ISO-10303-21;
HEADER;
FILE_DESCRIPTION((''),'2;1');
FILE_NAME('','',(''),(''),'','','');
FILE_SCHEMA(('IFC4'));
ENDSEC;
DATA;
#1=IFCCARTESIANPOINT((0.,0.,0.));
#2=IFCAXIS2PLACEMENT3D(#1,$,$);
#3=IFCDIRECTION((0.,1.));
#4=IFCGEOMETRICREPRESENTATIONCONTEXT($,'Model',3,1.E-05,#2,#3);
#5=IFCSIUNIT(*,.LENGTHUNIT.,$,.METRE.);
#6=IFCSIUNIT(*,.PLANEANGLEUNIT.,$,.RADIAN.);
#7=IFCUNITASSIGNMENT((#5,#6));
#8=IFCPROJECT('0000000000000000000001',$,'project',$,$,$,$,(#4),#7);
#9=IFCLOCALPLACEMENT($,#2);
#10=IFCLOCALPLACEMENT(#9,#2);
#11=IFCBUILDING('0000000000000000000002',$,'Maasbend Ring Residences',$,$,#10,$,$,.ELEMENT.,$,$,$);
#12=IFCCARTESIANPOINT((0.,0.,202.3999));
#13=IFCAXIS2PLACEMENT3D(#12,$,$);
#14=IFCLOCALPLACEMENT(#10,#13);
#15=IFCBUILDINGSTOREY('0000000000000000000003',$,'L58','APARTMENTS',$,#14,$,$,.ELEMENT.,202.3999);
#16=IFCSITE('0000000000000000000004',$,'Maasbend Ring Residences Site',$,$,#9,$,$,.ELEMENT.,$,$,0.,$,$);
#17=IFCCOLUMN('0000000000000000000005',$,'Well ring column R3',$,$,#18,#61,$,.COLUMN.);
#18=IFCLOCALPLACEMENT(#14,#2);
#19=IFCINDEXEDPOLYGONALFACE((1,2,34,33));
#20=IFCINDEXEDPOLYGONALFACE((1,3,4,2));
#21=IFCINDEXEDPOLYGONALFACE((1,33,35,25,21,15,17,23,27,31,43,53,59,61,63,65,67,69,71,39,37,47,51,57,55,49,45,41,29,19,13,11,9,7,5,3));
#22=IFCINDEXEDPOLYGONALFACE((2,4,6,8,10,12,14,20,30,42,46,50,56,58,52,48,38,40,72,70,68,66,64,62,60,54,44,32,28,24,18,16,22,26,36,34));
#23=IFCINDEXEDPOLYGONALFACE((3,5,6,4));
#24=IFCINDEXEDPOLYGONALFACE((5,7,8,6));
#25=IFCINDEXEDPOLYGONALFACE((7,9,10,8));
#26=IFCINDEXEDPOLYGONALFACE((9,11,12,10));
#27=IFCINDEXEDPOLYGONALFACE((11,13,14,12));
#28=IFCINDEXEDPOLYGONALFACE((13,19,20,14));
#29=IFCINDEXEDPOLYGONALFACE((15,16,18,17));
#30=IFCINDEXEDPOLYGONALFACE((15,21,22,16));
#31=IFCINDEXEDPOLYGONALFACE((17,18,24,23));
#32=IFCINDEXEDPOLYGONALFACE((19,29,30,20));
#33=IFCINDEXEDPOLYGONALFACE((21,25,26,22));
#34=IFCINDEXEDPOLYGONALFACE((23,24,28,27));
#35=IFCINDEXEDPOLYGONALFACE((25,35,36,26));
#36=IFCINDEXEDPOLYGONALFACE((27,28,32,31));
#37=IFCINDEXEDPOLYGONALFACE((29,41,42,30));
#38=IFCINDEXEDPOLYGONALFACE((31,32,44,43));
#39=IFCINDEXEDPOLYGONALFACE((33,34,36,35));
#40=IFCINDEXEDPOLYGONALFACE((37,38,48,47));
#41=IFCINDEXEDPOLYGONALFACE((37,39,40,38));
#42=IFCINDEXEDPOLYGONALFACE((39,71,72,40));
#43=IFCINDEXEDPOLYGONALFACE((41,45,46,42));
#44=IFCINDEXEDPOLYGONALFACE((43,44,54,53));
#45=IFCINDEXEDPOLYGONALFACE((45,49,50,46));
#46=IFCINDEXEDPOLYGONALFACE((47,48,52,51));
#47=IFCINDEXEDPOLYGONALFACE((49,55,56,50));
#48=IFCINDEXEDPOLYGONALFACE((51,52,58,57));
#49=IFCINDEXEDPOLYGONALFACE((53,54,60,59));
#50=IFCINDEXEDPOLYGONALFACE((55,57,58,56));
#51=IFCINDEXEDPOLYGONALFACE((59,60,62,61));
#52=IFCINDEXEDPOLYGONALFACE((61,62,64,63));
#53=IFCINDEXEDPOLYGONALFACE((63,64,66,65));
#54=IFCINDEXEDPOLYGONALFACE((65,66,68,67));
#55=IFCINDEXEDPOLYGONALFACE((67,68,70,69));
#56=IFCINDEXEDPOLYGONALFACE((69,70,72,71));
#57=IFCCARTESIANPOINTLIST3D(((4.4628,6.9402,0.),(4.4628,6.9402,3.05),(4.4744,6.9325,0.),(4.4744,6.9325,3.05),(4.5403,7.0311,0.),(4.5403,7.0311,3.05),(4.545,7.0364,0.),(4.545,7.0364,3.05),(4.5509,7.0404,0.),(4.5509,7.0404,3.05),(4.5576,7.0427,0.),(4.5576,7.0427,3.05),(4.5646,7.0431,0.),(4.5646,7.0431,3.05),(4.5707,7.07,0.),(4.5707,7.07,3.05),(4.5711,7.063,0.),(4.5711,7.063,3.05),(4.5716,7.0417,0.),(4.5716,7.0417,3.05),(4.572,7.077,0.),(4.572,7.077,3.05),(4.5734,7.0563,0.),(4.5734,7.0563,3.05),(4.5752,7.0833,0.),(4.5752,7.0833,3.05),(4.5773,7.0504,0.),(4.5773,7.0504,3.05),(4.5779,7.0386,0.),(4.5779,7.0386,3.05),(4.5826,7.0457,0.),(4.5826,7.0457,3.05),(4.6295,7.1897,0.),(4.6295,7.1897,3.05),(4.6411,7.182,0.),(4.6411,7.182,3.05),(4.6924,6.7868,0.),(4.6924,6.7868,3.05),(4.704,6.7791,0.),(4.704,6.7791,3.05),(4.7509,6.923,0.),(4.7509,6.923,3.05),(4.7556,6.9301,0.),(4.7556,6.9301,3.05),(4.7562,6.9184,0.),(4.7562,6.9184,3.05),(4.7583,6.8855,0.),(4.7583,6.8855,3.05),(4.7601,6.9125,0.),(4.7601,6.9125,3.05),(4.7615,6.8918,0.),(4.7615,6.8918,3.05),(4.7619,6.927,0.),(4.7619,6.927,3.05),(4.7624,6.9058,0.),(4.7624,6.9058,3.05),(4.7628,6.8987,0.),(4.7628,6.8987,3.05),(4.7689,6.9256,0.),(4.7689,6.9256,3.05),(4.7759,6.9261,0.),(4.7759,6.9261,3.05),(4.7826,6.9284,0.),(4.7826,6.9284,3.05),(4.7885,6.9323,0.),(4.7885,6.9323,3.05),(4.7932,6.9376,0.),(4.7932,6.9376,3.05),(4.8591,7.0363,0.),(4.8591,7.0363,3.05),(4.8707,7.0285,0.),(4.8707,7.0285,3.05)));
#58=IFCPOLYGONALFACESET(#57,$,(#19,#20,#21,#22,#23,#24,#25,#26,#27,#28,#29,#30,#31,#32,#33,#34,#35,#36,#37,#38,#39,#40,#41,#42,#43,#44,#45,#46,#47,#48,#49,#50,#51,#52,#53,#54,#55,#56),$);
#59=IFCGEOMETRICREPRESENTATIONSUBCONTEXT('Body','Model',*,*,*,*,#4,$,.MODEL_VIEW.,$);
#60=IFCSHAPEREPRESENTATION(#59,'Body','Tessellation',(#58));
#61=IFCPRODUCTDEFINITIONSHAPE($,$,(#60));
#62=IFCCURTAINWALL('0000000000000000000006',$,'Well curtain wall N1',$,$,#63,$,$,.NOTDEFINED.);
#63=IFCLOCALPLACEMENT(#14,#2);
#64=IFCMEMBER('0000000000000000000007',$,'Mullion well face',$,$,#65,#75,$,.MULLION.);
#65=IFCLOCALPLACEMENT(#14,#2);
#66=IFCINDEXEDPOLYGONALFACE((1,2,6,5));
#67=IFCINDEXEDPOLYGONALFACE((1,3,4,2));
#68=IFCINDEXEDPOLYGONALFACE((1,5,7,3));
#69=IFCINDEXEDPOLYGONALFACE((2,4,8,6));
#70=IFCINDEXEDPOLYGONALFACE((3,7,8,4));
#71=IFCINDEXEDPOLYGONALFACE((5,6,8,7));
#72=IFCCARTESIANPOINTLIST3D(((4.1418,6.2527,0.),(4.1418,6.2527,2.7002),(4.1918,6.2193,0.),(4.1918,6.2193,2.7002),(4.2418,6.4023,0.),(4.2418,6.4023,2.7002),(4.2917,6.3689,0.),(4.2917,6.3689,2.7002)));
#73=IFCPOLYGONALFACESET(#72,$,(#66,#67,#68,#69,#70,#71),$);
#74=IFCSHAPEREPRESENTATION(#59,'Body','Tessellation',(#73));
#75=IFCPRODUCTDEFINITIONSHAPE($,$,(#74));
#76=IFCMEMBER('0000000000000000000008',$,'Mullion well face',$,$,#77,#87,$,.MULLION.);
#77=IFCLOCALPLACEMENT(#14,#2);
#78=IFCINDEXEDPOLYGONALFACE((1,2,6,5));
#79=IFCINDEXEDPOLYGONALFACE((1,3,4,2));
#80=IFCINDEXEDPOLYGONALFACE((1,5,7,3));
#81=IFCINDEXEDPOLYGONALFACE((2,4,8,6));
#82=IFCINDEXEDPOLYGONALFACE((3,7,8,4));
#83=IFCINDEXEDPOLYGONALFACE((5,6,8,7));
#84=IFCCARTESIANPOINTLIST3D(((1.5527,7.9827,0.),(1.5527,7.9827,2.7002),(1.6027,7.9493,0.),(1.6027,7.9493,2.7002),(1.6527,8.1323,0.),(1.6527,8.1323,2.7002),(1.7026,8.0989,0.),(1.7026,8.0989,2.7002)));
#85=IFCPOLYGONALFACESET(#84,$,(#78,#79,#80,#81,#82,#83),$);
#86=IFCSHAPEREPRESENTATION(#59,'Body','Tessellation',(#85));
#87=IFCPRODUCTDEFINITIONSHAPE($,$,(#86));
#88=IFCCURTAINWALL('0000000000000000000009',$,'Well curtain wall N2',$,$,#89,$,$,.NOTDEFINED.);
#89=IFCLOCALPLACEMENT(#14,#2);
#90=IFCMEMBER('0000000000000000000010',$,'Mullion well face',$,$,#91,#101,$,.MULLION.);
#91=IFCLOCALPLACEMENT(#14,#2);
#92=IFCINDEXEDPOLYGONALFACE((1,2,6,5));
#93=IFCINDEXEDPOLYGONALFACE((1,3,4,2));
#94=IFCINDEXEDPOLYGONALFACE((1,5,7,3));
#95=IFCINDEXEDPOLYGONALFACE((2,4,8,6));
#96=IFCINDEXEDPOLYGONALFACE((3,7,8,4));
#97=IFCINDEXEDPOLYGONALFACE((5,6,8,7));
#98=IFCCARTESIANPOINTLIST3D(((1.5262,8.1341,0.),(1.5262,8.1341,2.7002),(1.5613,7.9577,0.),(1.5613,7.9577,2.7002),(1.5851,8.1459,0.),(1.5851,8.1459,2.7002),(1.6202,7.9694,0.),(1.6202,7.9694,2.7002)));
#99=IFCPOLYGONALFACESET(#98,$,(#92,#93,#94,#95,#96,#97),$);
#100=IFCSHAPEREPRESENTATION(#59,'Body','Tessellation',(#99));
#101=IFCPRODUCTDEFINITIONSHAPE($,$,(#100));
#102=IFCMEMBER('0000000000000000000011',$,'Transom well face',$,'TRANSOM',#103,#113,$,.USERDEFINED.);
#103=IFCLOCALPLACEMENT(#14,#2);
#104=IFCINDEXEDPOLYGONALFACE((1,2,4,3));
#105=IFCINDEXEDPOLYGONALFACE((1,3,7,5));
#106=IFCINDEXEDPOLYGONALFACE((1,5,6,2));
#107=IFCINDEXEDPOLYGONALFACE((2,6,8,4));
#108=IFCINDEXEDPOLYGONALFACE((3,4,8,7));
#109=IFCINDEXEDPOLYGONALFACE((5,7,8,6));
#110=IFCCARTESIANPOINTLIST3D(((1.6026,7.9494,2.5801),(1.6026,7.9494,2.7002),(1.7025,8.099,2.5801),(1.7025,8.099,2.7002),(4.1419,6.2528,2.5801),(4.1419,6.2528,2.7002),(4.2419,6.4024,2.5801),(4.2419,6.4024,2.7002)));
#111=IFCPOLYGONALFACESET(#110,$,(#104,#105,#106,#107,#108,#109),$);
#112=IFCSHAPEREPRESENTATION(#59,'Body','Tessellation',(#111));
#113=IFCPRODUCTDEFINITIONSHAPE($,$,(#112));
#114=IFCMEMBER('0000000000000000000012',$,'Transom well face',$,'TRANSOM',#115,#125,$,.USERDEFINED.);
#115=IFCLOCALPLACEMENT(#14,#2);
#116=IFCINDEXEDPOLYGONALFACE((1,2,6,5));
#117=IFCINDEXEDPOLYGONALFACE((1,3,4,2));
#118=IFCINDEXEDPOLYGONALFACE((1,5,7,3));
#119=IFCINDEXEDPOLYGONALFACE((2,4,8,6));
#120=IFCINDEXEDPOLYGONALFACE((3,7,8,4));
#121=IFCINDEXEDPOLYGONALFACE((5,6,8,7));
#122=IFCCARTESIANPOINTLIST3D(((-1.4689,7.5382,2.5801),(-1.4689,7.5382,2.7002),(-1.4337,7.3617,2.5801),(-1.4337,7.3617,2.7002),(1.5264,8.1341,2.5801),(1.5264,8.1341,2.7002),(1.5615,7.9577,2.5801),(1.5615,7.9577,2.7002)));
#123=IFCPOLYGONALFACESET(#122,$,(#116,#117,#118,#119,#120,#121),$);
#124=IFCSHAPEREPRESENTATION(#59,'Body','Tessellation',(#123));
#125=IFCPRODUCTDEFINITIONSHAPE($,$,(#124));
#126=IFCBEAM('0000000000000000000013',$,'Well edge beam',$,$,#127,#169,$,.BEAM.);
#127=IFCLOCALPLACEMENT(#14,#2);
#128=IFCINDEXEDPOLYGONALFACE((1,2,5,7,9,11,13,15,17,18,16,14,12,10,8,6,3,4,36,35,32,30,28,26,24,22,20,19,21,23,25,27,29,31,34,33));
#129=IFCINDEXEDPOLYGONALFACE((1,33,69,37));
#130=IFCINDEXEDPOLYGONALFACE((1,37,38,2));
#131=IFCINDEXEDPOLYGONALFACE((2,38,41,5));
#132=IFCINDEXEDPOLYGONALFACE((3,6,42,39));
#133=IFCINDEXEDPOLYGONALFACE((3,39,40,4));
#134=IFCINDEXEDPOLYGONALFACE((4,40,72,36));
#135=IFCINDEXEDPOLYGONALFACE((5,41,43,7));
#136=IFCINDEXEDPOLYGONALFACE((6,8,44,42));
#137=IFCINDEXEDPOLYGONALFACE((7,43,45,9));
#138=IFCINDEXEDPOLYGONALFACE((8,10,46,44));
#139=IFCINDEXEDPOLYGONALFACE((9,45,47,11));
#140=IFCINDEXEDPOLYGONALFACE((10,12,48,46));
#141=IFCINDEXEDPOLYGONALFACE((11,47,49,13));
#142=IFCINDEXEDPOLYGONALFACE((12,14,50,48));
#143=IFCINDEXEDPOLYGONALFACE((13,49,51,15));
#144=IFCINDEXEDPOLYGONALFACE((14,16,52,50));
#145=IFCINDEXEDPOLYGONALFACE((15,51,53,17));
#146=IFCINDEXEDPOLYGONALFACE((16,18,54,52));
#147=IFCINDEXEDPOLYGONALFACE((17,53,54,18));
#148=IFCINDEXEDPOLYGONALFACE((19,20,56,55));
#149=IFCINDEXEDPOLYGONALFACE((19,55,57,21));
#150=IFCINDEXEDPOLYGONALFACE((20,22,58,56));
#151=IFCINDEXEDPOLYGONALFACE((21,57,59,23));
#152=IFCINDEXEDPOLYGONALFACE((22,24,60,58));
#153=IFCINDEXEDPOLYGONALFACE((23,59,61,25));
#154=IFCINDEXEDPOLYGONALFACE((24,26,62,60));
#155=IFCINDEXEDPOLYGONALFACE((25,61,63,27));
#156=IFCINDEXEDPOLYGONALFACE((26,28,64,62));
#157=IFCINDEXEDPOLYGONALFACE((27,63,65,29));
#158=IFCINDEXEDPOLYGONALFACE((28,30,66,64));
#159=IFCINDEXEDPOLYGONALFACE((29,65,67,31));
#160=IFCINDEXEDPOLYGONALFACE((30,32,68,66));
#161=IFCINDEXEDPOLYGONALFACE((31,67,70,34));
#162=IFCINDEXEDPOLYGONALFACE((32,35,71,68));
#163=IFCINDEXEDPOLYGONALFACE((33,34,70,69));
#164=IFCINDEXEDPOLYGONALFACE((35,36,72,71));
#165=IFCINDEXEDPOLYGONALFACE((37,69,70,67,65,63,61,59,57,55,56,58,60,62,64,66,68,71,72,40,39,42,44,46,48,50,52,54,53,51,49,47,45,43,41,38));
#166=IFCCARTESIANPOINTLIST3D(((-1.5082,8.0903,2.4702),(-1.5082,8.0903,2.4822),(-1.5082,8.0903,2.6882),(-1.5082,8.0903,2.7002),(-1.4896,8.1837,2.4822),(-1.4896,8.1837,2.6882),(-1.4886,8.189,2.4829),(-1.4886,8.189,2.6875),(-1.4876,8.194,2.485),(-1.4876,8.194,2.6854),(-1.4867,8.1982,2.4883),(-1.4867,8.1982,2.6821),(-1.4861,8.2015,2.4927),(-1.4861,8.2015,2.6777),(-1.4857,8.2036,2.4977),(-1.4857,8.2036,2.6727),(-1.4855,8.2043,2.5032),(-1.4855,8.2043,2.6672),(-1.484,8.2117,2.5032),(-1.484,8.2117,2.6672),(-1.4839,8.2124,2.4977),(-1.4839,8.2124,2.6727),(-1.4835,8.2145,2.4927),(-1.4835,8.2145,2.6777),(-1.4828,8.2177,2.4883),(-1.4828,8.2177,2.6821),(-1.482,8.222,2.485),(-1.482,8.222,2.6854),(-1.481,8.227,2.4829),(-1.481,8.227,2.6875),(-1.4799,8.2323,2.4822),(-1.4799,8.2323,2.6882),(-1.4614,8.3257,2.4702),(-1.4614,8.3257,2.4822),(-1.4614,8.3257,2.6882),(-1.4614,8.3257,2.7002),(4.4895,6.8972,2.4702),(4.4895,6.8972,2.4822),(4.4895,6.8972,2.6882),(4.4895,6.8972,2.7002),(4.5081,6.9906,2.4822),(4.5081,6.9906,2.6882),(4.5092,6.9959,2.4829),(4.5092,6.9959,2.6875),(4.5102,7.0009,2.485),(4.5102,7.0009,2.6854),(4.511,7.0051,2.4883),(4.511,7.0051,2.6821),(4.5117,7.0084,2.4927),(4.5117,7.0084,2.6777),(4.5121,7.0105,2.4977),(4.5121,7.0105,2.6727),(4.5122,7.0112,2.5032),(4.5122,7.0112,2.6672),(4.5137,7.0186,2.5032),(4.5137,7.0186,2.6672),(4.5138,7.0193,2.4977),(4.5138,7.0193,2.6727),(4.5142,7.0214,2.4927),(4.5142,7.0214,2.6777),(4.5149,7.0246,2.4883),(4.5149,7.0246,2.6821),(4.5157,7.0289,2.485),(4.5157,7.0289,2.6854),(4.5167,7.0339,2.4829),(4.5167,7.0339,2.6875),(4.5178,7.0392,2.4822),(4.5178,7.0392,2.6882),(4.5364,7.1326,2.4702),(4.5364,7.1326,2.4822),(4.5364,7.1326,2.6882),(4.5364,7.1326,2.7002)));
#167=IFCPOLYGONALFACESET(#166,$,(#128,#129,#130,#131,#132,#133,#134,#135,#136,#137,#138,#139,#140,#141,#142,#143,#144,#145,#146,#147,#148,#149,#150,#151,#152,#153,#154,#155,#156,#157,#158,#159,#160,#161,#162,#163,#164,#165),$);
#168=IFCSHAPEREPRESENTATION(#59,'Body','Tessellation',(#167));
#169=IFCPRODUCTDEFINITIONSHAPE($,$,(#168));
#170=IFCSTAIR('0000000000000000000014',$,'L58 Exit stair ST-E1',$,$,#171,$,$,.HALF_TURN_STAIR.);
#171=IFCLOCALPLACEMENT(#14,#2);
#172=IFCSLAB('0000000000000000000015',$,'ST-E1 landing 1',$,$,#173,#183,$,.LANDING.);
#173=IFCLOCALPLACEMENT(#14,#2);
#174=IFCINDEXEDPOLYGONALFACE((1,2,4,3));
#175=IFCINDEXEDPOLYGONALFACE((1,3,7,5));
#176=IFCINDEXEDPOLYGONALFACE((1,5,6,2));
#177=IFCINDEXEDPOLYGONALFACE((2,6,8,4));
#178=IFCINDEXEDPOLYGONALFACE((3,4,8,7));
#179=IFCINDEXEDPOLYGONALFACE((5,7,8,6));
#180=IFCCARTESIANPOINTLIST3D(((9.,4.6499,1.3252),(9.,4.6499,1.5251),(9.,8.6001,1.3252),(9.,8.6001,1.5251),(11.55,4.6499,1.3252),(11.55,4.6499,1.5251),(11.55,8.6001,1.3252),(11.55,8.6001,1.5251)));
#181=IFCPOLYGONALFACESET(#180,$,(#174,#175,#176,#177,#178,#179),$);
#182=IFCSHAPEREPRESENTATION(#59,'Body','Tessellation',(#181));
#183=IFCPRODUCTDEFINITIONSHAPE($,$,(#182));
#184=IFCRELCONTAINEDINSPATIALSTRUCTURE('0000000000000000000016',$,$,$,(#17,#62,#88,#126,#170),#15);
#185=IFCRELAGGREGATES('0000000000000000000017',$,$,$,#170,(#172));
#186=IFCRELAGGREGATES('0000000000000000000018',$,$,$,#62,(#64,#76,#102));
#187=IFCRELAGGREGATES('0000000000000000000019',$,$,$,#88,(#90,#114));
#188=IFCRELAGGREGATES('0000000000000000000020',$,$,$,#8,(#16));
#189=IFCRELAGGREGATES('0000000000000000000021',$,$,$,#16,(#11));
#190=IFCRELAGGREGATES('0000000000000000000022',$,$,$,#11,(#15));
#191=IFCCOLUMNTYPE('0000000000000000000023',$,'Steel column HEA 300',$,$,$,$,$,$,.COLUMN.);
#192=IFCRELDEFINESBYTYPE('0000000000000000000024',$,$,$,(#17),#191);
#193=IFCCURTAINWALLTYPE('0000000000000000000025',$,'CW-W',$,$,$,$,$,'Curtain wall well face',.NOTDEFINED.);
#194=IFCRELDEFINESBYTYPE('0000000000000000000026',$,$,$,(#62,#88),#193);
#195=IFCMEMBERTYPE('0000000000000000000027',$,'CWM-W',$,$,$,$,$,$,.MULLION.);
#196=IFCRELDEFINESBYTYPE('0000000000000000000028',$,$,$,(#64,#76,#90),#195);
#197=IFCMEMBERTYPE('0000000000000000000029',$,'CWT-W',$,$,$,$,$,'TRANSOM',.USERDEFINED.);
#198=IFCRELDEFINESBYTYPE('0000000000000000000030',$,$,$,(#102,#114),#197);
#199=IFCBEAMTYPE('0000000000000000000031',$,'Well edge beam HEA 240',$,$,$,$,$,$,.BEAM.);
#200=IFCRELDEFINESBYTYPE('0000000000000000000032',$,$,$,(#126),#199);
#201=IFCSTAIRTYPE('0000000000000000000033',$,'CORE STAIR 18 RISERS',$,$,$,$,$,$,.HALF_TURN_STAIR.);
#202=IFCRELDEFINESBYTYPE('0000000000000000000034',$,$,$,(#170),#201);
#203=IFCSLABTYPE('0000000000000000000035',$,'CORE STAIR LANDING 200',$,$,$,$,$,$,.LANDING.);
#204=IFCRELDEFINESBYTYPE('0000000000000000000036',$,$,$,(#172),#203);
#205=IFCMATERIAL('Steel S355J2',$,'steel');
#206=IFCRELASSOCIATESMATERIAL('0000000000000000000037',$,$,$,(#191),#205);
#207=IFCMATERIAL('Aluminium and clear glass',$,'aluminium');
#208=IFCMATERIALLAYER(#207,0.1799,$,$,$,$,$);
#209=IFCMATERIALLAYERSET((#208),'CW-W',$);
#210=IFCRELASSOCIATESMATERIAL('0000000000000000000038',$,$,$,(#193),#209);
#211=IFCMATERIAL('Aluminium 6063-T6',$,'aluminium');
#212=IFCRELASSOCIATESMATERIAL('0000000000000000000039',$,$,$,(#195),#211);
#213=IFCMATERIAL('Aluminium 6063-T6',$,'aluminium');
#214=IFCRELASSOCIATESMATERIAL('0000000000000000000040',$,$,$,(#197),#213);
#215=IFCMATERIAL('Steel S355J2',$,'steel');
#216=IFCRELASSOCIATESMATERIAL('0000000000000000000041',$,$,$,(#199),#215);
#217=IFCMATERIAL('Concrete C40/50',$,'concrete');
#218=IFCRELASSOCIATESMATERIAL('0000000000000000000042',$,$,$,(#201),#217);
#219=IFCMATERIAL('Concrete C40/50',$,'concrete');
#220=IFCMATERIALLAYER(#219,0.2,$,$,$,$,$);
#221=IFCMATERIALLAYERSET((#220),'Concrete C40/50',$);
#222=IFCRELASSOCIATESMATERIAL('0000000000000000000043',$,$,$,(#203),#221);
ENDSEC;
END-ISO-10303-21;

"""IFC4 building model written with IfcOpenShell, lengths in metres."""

from ifc_helpers import new_model, si_unit, direction, frame, origin, origin_2d, place, context, subcontext, project, spatial, polyline, rectangle, i_section, outline, extrude, material, layer, layer_set, material_profile, profile_set, type_object, element, aggregate, save


model = new_model("IFC4")

# Units and contexts
model_context = context("Model", 3, precision=1e-05, world=origin(), true_north=direction((0.0, 1.0)))
body_context = subcontext(model_context, "Body", "Model", "MODEL_VIEW")
ifc_project = project(units=[si_unit("LENGTHUNIT", "METRE"), si_unit("PLANEANGLEUNIT", "RADIAN")], contexts=[model_context])

# Site, building, storey
site_placement = place(None, origin())
site = spatial("IfcSite", under=ifc_project, at=site_placement, Name="Maasbend Ring Residences Site", CompositionType="ELEMENT", RefElevation=0.0)
building_placement = place(site_placement, origin())
building = spatial("IfcBuilding", under=site, at=building_placement, Name="Maasbend Ring Residences", CompositionType="ELEMENT")
storey_placement = place(building_placement, frame((0.0, 0.0, 202.3999)))
storey = spatial("IfcBuildingStorey", under=building, at=storey_placement, Name="L58", Description="APARTMENTS", CompositionType="ELEMENT", Elevation=202.3999)

# Column
ifc_material_1 = material(Name="Steel S355J2", Category="steel")
ifc_material_profile_1 = material_profile(ifc_material_1, i_section(OverallWidth=0.3, OverallDepth=0.29, WebThickness=0.0085, FlangeThickness=0.0139, FilletRadius=0.0271, at=origin_2d()), Name="HEA 300")
ifc_profile_set_1 = profile_set([ifc_material_profile_1], Name="Steel S355J2")
column_type = type_object("IfcColumnType", Name="Steel column HEA 300", PredefinedType="COLUMN", material=ifc_profile_set_1)
column_placement = place(storey_placement, frame((4.6667, 6.9844, 0.0), z_axis=(0.0, 0.0, 1.0), x_axis=(0.55557, 0.83147, 0.0)))
element("IfcColumn", 1, at=column_placement, inside=storey, type_object=column_type, Name="Well ring column R3", PredefinedType="COLUMN", context=body_context, shape_type="SweptSolid", body=[
    extrude(i_section(OverallWidth=0.3, OverallDepth=0.29, WebThickness=0.0085, FlangeThickness=0.0139, FilletRadius=0.0271, at=origin_2d()), origin(), (0.0, 0.0, 1.0), 3.05),
])

# Curtain wall, members
ifc_material_2 = material(Name="Aluminium and clear glass", Category="aluminium")
ifc_layer_1 = layer(ifc_material_2, 0.1799)
ifc_layer_set_1 = layer_set([ifc_layer_1], Name="CW-W")
curtain_wall_type = type_object("IfcCurtainWallType", Name="CW-W", ElementType="Curtain wall well face", PredefinedType="NOTDEFINED", material=ifc_layer_set_1)
curtain_wall_1_placement = place(storey_placement, origin())
curtain_wall_1 = element("IfcCurtainWall", 2, at=curtain_wall_1_placement, inside=storey, type_object=curtain_wall_type, Name="Well curtain wall N1", PredefinedType="NOTDEFINED")
ifc_material_3 = material(Name="Aluminium 6063-T6", Category="aluminium")
ifc_material_profile_2 = material_profile(ifc_material_3, rectangle(XDim=0.1799, YDim=0.0601, at=origin_2d()), Name="AL 180x60")
ifc_profile_set_2 = profile_set([ifc_material_profile_2], Name="Aluminium 6063-T6")
member_type_1 = type_object("IfcMemberType", Name="CWM-W", PredefinedType="MULLION", material=ifc_profile_set_2)
member_1_placement = place(storey_placement, frame((4.2168, 6.3108, 0.0), z_axis=(0.0, 0.0, 1.0), x_axis=(-0.55557, -0.83147, 0.0)))
member_1 = element("IfcMember", 3, at=member_1_placement, type_object=member_type_1, Name="Mullion well face", PredefinedType="MULLION", context=body_context, shape_type="SweptSolid", body=[
    extrude(rectangle(XDim=0.1799, YDim=0.0601, at=origin_2d()), origin(), (0.0, 0.0, 1.0), 2.7002),
])
member_2_placement = place(storey_placement, frame((1.6277, 8.0408, 0.0), z_axis=(0.0, 0.0, 1.0), x_axis=(-0.55557, -0.83147, 0.0)))
member_2 = element("IfcMember", 4, at=member_2_placement, type_object=member_type_1, Name="Mullion well face", PredefinedType="MULLION", context=body_context, shape_type="SweptSolid", body=[
    extrude(rectangle(XDim=0.1799, YDim=0.0601, at=origin_2d()), origin(), (0.0, 0.0, 1.0), 2.7002),
])

# Curtain wall, member
curtain_wall_2_placement = place(storey_placement, origin())
curtain_wall_2 = element("IfcCurtainWall", 5, at=curtain_wall_2_placement, inside=storey, type_object=curtain_wall_type, Name="Well curtain wall N2", PredefinedType="NOTDEFINED")
member_3_placement = place(storey_placement, frame((1.5732, 8.0518, 0.0), z_axis=(0.0, 0.0, 1.0), x_axis=(0.19509, -0.980785, 0.0)))
member_3 = element("IfcMember", 6, at=member_3_placement, type_object=member_type_1, Name="Mullion well face", PredefinedType="MULLION", context=body_context, shape_type="SweptSolid", body=[
    extrude(rectangle(XDim=0.1799, YDim=0.0601, at=origin_2d()), origin(), (0.0, 0.0, 1.0), 2.7002),
])

# Members
ifc_material_4 = material(Name="Aluminium 6063-T6", Category="aluminium")
ifc_material_profile_3 = material_profile(ifc_material_4, rectangle(XDim=0.1799, YDim=0.1201, at=origin_2d()), Name="AL 180x120")
ifc_profile_set_3 = profile_set([ifc_material_profile_3], Name="Aluminium 6063-T6")
member_type_2 = type_object("IfcMemberType", Name="CWT-W", ElementType="TRANSOM", PredefinedType="USERDEFINED", material=ifc_profile_set_3)
member_4_placement = place(storey_placement, frame((4.1919, 6.3276, 2.6401), z_axis=(-0.831496, 0.55553, 0.0), x_axis=(-0.55553, -0.831496, 0.0)))
member_4 = element("IfcMember", 7, at=member_4_placement, type_object=member_type_2, Name="Transom well face", ObjectType="TRANSOM", PredefinedType="USERDEFINED", context=body_context, shape_type="SweptSolid", body=[
    extrude(rectangle(XDim=0.1799, YDim=0.1201, at=origin_2d()), origin(), (0.0, 0.0, 1.0), 3.054),
])
member_5_placement = place(storey_placement, frame((1.5439, 8.0459, 2.6401), z_axis=(-0.980777, -0.195132, 0.0), x_axis=(0.195132, -0.980777, 0.0)))
member_5 = element("IfcMember", 8, at=member_5_placement, type_object=member_type_2, Name="Transom well face", ObjectType="TRANSOM", PredefinedType="USERDEFINED", context=body_context, shape_type="SweptSolid", body=[
    extrude(rectangle(XDim=0.1799, YDim=0.1201, at=origin_2d()), origin(), (0.0, 0.0, 1.0), 3.054),
])

# Beam
ifc_material_5 = material(Name="Steel S355J2", Category="steel")
ifc_material_profile_4 = material_profile(ifc_material_5, i_section(OverallWidth=0.24, OverallDepth=0.23, WebThickness=0.0076, FlangeThickness=0.012, FilletRadius=0.021, at=origin_2d()), Name="HEA 240")
ifc_profile_set_4 = profile_set([ifc_material_profile_4], Name="Steel S355J2")
beam_type = type_object("IfcBeamType", Name="Well edge beam HEA 240", PredefinedType="BEAM", material=ifc_profile_set_4)
beam_placement = place(storey_placement, frame((4.5129, 7.0149, 2.5852), z_axis=(-0.980783, 0.195103, 0.0), x_axis=(-0.195103, -0.980783, 0.0)))
element("IfcBeam", 9, at=beam_placement, inside=storey, type_object=beam_type, Name="Well edge beam", PredefinedType="BEAM", context=body_context, shape_type="SweptSolid", body=[
    extrude(i_section(OverallWidth=0.24, OverallDepth=0.23, WebThickness=0.0076, FlangeThickness=0.012, FilletRadius=0.021, at=origin_2d()), origin(), (0.0, 0.0, 1.0), 6.1152),
])

# Stair, slab
ifc_material_6 = material(Name="Concrete C40/50", Category="concrete")
stair_type = type_object("IfcStairType", Name="CORE STAIR 18 RISERS", PredefinedType="HALF_TURN_STAIR", material=ifc_material_6)
stair_1_placement = place(storey_placement, origin())
stair_1 = element("IfcStair", 10, at=stair_1_placement, inside=storey, type_object=stair_type, Name="L58 Exit stair ST-E1", PredefinedType="HALF_TURN_STAIR")
ifc_material_7 = material(Name="Concrete C40/50", Category="concrete")
ifc_layer_2 = layer(ifc_material_7, 0.2)
ifc_layer_set_2 = layer_set([ifc_layer_2], Name="Concrete C40/50")
slab_type = type_object("IfcSlabType", Name="CORE STAIR LANDING 200", PredefinedType="LANDING", material=ifc_layer_set_2)
slab_1_placement = place(storey_placement, frame((0.0, 0.0, 1.3252)))
slab_1 = element("IfcSlab", 11, at=slab_1_placement, type_object=slab_type, Name="ST-E1 landing 1", PredefinedType="LANDING", context=body_context, shape_type="SweptSolid", body=[
    extrude(outline(polyline([(11.55, 8.6001), (9.0, 8.6001), (9.0, 4.6499), (11.55, 4.6499), (11.55, 8.6001)])), origin(), (0.0, 0.0, 1.0), 0.2),
])
aggregate(stair_1, [slab_1])

aggregate(curtain_wall_1, [member_1, member_2, member_4])
aggregate(curtain_wall_2, [member_3, member_5])

save(model, "model.ifc")
